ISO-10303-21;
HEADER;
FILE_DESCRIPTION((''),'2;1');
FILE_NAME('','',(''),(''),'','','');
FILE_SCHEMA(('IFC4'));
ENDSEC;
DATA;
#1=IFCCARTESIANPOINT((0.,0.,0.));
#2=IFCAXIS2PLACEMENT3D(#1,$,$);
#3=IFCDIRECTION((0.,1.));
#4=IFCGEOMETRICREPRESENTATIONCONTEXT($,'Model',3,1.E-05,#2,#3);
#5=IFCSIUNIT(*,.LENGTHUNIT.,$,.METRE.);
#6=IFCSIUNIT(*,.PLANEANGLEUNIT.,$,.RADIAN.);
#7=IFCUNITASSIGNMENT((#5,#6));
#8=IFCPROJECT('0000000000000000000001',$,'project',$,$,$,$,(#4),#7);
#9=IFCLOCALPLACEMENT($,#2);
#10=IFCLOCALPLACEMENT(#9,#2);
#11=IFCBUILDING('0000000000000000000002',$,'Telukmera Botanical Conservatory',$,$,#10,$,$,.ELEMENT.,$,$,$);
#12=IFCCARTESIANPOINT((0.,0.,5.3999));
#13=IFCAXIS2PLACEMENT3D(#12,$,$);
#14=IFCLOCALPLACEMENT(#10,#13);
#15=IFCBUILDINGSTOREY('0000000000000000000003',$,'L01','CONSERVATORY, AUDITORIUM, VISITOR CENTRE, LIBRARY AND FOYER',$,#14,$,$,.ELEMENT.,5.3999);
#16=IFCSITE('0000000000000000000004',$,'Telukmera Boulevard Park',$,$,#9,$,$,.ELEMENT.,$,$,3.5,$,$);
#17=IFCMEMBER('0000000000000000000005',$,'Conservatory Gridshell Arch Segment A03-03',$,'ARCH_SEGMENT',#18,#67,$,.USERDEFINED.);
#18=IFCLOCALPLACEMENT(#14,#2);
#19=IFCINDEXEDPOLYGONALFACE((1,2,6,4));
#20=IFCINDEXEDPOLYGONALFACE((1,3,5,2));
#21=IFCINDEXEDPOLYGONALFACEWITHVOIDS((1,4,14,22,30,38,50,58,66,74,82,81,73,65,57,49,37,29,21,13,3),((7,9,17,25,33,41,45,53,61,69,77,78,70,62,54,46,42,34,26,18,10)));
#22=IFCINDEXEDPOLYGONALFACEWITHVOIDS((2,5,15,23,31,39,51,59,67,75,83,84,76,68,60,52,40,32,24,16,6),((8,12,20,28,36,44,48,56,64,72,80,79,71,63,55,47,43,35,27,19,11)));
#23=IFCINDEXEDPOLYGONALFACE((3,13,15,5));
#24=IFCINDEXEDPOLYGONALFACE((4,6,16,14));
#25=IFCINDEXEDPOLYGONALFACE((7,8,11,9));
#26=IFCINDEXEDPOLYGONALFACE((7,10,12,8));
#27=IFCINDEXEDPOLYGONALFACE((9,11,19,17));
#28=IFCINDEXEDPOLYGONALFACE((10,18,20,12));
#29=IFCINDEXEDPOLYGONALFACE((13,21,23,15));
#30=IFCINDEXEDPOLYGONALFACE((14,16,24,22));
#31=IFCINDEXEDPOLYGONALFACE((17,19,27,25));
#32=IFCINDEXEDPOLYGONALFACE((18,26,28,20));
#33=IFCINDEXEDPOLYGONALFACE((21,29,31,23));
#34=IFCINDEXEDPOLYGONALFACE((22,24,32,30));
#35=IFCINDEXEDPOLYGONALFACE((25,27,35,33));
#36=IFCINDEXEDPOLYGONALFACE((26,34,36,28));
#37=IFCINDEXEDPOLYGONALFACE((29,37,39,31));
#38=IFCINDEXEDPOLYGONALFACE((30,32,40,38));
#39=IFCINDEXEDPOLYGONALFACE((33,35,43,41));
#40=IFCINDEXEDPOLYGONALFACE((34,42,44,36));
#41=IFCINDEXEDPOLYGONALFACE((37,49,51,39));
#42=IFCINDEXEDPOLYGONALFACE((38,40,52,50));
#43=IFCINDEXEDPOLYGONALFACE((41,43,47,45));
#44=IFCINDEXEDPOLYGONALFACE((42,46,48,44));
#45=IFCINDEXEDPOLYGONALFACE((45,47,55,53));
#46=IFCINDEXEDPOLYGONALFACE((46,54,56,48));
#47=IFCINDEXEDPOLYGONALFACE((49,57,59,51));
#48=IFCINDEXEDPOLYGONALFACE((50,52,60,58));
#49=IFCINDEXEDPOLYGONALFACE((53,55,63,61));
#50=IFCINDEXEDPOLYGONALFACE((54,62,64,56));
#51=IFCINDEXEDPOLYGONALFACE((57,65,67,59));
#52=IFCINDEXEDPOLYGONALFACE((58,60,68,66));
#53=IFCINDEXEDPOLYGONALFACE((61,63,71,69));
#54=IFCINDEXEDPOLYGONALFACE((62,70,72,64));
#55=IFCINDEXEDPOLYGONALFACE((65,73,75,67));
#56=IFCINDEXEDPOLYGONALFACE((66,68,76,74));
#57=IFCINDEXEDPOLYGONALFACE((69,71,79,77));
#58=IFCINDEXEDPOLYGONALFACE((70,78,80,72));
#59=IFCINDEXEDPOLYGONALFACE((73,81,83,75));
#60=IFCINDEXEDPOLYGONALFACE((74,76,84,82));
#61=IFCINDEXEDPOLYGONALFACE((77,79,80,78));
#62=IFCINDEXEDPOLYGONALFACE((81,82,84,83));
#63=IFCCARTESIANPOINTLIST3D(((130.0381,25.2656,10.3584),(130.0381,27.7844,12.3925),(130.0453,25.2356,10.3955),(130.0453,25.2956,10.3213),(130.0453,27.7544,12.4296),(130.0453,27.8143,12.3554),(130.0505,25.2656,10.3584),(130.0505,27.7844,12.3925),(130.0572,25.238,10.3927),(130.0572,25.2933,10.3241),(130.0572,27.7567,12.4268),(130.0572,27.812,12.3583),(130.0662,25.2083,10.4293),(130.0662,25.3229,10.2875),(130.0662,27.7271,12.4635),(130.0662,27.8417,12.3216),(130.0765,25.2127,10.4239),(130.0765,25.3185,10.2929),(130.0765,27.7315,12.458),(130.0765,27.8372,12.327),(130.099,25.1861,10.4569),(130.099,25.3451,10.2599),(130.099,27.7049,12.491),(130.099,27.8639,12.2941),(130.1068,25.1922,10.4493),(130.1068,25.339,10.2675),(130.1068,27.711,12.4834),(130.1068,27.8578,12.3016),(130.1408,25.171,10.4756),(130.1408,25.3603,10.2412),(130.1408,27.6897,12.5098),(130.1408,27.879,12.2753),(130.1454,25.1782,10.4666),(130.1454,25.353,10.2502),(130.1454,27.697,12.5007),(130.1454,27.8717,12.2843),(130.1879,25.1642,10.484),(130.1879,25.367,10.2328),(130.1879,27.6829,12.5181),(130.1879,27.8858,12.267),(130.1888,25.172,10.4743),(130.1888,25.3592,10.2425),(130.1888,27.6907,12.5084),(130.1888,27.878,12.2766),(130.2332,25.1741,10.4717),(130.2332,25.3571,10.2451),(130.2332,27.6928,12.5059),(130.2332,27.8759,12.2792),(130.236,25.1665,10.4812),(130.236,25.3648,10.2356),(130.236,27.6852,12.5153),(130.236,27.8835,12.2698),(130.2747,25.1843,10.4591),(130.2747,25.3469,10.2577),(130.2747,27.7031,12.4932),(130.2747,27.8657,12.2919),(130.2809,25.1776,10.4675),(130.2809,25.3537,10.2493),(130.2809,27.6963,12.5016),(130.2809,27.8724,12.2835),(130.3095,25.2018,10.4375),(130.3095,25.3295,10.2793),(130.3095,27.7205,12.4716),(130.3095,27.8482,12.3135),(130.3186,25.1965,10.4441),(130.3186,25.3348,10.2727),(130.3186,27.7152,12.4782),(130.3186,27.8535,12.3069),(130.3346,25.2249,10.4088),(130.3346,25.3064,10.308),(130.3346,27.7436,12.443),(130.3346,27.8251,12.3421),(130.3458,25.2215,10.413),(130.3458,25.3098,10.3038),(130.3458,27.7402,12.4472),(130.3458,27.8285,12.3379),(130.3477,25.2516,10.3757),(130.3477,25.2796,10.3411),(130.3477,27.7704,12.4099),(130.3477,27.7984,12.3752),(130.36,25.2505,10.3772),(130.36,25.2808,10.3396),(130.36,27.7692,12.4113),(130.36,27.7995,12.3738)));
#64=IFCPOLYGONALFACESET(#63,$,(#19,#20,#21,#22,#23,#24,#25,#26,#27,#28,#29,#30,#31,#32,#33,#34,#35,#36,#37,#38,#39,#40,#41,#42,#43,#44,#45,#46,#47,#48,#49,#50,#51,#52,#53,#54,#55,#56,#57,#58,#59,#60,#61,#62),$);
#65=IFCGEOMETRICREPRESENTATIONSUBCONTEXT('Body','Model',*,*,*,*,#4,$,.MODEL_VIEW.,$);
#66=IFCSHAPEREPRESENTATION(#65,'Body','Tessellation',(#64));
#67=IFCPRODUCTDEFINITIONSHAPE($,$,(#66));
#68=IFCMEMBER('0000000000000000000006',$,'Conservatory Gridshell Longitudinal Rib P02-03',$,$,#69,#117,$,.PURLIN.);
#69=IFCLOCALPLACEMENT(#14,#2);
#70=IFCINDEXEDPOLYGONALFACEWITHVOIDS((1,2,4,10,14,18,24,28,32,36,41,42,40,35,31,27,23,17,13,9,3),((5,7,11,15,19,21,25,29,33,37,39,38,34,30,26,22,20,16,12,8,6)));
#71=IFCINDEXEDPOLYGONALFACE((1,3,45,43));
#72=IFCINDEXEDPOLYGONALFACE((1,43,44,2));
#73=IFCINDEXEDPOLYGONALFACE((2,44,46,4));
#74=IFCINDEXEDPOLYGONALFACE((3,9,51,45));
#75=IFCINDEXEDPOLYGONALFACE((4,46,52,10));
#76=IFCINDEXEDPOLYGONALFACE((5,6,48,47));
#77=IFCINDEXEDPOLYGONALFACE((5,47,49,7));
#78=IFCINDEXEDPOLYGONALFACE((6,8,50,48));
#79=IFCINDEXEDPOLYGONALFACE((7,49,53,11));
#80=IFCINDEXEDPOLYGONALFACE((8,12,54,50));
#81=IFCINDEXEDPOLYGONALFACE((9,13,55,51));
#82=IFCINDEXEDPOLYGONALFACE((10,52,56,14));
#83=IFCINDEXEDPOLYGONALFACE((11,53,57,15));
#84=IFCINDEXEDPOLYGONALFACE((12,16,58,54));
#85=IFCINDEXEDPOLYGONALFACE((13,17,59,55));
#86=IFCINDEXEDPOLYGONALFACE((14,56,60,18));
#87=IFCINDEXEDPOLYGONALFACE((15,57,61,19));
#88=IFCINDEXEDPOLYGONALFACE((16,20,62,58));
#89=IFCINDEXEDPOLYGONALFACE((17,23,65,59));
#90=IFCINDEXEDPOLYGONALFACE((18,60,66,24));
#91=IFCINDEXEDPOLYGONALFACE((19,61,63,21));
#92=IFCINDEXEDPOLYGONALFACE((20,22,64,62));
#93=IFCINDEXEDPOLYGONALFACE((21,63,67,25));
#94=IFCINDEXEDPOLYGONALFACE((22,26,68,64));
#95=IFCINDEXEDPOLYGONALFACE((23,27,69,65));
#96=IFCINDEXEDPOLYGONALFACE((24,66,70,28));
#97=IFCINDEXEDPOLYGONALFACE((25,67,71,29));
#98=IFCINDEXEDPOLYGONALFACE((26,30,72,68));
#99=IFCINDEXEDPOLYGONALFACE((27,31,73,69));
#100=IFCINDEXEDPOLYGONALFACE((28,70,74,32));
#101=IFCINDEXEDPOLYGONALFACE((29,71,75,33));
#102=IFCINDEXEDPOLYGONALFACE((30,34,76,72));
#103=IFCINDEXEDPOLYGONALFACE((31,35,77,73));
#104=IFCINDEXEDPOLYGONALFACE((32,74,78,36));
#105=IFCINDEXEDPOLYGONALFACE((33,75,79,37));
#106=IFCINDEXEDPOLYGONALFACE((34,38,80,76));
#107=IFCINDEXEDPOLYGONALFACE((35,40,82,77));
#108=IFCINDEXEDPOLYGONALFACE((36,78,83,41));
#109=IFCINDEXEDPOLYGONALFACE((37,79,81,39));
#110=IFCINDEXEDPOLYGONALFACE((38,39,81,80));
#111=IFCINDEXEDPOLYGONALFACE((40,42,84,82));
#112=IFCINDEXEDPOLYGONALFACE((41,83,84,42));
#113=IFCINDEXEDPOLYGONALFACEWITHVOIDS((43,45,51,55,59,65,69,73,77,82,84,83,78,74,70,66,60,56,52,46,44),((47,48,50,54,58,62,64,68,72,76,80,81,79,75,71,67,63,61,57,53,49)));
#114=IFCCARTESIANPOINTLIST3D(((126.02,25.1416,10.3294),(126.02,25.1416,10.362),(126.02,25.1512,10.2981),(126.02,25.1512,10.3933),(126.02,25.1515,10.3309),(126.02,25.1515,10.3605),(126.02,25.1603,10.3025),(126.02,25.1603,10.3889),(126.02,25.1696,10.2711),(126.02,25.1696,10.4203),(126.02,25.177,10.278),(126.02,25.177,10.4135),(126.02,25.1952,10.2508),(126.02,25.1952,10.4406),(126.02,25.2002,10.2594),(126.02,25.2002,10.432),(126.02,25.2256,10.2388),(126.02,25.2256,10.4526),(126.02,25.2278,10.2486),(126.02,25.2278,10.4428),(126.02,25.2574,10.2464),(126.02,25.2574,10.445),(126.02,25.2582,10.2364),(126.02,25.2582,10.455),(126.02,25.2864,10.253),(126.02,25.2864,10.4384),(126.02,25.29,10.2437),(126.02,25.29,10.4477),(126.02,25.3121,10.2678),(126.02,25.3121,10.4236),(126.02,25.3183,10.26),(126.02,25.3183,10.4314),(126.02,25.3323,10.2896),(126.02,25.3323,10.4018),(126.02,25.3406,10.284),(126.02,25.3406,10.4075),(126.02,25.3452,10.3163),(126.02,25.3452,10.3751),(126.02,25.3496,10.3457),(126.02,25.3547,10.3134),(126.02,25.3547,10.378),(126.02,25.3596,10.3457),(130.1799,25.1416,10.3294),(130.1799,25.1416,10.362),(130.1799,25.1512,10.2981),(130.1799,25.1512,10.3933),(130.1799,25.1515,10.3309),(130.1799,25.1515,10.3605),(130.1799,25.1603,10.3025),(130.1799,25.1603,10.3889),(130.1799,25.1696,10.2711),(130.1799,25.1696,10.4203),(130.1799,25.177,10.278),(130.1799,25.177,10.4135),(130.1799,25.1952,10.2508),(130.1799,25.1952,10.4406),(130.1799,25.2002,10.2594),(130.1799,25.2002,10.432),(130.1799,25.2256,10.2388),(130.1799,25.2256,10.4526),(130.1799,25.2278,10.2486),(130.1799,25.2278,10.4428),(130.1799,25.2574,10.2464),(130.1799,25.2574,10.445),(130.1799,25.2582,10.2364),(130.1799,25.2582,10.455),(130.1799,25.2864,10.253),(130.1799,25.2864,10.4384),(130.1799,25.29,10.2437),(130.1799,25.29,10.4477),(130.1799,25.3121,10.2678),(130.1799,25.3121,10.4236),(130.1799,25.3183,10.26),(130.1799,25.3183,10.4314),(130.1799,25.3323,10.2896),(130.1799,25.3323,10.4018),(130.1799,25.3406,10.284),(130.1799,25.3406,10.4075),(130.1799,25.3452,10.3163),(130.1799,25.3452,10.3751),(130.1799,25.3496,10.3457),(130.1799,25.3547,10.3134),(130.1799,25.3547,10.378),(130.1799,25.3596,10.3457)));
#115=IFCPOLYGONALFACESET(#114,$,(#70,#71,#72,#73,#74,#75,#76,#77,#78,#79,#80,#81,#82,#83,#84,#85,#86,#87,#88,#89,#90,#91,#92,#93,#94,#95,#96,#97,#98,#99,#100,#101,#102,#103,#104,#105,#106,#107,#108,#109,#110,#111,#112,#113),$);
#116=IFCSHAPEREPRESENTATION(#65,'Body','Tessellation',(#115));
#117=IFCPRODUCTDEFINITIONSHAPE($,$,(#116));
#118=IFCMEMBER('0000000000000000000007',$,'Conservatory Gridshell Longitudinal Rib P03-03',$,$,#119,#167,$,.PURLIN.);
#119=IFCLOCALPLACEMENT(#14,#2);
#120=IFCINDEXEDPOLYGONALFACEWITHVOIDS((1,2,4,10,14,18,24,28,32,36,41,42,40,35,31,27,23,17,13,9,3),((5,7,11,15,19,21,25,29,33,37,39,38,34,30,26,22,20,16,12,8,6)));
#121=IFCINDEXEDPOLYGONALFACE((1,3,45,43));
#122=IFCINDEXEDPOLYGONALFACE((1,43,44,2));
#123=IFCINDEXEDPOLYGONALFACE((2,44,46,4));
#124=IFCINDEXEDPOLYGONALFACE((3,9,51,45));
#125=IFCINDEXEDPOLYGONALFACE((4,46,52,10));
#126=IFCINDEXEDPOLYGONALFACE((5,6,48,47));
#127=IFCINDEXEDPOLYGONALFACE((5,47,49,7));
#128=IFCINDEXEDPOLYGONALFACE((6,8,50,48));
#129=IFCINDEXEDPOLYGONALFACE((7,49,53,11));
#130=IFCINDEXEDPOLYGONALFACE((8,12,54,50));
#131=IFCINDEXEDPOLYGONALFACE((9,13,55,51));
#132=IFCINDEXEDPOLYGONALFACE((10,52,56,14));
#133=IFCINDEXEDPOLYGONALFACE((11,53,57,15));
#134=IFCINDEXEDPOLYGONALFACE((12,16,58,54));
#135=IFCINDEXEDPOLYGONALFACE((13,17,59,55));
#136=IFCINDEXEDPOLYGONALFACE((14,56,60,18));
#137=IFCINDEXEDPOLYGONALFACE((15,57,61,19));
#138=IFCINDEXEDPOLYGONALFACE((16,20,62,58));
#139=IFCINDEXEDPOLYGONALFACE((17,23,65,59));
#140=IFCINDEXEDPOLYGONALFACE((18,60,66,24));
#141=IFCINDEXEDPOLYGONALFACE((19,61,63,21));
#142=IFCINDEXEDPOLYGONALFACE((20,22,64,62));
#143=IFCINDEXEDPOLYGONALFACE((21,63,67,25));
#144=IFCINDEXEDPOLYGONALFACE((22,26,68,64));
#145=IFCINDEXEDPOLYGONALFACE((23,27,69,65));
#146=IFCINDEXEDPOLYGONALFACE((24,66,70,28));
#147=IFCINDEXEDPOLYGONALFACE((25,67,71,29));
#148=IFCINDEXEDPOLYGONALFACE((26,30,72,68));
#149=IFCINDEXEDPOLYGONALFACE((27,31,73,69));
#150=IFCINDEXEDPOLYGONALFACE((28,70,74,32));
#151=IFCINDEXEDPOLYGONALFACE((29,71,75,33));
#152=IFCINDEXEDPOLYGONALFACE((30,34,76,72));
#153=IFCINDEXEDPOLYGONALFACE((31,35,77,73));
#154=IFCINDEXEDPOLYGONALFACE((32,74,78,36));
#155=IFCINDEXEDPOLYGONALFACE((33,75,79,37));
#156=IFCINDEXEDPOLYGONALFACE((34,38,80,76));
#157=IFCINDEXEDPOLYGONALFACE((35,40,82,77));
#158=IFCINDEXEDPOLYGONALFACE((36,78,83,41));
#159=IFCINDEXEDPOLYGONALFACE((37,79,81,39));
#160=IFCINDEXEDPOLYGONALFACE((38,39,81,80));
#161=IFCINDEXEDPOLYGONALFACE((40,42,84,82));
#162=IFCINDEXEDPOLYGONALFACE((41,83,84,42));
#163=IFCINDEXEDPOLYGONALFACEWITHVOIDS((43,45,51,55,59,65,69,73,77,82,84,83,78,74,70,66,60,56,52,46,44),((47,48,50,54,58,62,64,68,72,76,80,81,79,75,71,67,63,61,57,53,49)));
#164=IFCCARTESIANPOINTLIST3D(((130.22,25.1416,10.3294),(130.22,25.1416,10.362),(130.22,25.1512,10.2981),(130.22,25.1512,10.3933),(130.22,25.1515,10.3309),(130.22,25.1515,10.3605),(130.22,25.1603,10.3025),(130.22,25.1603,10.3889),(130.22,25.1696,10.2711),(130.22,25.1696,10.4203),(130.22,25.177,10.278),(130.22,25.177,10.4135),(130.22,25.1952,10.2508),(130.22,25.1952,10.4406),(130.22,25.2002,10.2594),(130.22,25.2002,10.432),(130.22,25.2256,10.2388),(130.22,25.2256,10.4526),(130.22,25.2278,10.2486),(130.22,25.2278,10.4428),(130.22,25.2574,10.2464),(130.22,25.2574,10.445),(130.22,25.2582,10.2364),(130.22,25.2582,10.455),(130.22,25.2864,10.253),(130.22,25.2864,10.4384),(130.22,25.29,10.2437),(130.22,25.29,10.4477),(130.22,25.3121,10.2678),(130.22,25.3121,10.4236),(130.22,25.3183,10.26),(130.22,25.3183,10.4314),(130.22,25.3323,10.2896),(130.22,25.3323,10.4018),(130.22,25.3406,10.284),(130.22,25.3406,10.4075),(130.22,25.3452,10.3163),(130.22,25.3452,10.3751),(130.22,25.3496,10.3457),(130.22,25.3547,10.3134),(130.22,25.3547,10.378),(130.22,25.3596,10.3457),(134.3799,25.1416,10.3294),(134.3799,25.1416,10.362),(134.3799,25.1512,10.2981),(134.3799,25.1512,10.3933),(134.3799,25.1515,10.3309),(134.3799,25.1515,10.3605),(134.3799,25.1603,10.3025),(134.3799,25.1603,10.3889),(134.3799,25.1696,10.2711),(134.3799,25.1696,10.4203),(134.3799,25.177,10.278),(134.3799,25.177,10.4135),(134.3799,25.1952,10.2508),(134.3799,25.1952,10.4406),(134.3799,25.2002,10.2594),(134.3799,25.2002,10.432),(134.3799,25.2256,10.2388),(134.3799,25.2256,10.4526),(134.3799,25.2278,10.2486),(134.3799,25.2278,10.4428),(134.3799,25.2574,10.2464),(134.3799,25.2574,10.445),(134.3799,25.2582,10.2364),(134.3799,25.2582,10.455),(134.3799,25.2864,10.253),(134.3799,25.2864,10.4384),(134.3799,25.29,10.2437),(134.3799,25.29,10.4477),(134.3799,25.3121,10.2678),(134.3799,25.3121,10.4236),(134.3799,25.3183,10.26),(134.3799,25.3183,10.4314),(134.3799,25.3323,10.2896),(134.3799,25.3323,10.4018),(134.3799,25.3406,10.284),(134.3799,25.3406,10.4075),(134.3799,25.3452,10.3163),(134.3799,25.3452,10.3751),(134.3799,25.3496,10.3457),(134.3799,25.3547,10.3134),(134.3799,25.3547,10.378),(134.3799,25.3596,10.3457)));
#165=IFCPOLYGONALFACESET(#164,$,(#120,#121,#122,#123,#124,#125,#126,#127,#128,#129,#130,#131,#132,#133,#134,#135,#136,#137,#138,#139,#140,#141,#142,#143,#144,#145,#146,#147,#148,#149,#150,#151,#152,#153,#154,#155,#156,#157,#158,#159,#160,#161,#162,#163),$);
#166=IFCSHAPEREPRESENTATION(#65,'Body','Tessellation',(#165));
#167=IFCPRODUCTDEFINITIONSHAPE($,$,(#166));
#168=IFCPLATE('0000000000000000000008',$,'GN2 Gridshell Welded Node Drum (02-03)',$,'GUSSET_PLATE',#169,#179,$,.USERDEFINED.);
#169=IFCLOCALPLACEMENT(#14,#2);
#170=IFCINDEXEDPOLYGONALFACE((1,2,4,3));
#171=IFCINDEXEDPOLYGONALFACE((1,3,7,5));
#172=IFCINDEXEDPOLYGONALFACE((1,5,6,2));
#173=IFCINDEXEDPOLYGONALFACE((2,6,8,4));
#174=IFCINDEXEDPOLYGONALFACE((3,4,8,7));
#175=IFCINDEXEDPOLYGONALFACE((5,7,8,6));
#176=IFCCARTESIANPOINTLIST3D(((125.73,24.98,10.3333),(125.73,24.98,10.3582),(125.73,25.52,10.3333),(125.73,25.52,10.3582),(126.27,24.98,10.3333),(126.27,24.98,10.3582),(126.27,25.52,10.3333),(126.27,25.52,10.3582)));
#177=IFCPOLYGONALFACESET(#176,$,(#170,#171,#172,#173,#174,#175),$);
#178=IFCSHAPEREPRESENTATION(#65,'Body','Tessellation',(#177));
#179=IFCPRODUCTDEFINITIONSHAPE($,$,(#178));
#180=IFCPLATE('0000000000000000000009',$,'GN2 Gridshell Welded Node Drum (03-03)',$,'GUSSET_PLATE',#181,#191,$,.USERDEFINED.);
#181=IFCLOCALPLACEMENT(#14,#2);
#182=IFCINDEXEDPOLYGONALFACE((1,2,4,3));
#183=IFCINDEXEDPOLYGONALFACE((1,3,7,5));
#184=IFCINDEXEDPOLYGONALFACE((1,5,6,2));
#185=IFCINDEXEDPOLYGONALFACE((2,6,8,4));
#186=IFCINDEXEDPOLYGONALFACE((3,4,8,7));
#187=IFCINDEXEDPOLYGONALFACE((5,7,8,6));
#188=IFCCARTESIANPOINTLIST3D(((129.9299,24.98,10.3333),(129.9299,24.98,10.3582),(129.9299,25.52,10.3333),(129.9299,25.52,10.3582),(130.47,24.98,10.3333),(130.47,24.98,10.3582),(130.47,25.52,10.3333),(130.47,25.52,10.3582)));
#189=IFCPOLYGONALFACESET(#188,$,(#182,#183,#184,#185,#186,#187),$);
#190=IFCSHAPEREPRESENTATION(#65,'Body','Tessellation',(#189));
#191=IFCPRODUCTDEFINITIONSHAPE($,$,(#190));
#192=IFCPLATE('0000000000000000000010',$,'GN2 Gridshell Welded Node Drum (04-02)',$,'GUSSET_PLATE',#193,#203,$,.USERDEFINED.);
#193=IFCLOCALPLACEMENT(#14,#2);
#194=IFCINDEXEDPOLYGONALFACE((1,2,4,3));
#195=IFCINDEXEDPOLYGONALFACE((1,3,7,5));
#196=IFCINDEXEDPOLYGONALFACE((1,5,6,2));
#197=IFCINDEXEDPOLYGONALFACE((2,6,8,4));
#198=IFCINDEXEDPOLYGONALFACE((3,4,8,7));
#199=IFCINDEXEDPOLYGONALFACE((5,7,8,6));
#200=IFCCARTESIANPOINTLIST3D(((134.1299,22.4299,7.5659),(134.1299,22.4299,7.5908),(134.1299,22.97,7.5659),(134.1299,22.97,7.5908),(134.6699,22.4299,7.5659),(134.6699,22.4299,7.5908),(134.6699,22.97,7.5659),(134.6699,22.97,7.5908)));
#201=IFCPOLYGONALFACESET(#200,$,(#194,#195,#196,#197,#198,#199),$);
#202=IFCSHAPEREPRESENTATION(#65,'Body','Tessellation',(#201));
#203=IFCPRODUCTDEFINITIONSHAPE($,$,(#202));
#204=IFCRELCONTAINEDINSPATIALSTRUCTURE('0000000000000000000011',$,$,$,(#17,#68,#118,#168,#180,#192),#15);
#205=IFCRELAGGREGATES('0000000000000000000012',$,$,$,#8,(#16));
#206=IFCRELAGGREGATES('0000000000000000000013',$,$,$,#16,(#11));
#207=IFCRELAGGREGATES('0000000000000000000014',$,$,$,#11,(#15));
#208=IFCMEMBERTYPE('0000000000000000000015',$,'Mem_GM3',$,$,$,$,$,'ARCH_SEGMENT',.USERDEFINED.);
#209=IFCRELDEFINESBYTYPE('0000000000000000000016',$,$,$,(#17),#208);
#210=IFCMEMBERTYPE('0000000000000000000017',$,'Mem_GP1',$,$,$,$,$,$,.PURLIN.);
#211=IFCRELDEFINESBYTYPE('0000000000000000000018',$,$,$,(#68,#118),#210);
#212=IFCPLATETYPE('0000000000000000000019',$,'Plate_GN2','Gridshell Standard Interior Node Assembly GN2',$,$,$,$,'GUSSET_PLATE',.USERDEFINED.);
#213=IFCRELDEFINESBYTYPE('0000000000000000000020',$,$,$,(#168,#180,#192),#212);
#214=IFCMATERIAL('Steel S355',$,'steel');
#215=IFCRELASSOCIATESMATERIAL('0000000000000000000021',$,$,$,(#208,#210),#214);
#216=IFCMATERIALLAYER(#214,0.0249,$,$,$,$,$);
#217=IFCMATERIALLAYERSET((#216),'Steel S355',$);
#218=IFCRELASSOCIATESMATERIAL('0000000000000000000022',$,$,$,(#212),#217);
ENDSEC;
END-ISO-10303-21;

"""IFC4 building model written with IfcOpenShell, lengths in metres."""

from ifc_helpers import new_model, si_unit, direction, frame, origin, origin_2d, place, context, subcontext, project, spatial, rectangle, hollow_circle, extrude, material, layer, layer_set, material_profile, profile_set, type_object, element, save


model = new_model("IFC4")

# Units and contexts
model_context = context("Model", 3, precision=1e-05, world=origin(), true_north=direction((0.0, 1.0)))
body_context = subcontext(model_context, "Body", "Model", "MODEL_VIEW")
ifc_project = project(units=[si_unit("LENGTHUNIT", "METRE"), si_unit("PLANEANGLEUNIT", "RADIAN")], contexts=[model_context])

# Site, building, storey
site_placement = place(None, origin())
site = spatial("IfcSite", under=ifc_project, at=site_placement, Name="Telukmera Boulevard Park", CompositionType="ELEMENT", RefElevation=3.5)
building_placement = place(site_placement, origin())
building = spatial("IfcBuilding", under=site, at=building_placement, Name="Telukmera Botanical Conservatory", CompositionType="ELEMENT")
storey_placement = place(building_placement, frame((0.0, 0.0, 5.3999)))
storey = spatial("IfcBuildingStorey", under=building, at=storey_placement, Name="L01", Description="CONSERVATORY, AUDITORIUM, VISITOR CENTRE, LIBRARY AND FOYER", CompositionType="ELEMENT", Elevation=5.3999)

# Shared definitions
ifc_material_1 = material(Name="Steel S355", Category="steel")

# Members
ifc_material_profile_1 = material_profile(ifc_material_1, hollow_circle(Radius=0.1619, WallThickness=0.0125, at=origin_2d()), Name="CHS 323.9x12.5")
ifc_profile_set_1 = profile_set([ifc_material_profile_1], Name="Steel S355")
member_type_1 = type_object("IfcMemberType", Name="Mem_GM3", ElementType="ARCH_SEGMENT", PredefinedType="USERDEFINED", material=ifc_profile_set_1)
member_1_placement = place(storey_placement, frame((130.2, 25.2656, 10.3584), z_axis=(0.0, 0.777977, 0.628293), x_axis=(-1.0, 0.0, 0.0)))
element("IfcMember", 1, at=member_1_placement, inside=storey, type_object=member_type_1, Name="Conservatory Gridshell Arch Segment A03-03", ObjectType="ARCH_SEGMENT", PredefinedType="USERDEFINED", context=body_context, shape_type="SweptSolid", body=[
    extrude(hollow_circle(Radius=0.1619, WallThickness=0.0125, at=origin_2d()), origin(), (0.0, 0.0, 1.0), 3.2375),
])
ifc_material_profile_2 = material_profile(ifc_material_1, hollow_circle(Radius=0.1096, WallThickness=0.01, at=origin_2d()), Name="CHS 219.1x10.0")
ifc_profile_set_2 = profile_set([ifc_material_profile_2], Name="Steel S355")
member_type_2 = type_object("IfcMemberType", Name="Mem_GP1", PredefinedType="PURLIN", material=ifc_profile_set_2)
for number, where, z_axis, x_axis, name in (
    (2, (126.02, 25.25, 10.3457), (1.0, 0.0, 0.0), (0.0, 1.0, 0.0), "Conservatory Gridshell Longitudinal Rib P02-03"),
    (3, (130.22, 25.25, 10.3457), (1.0, 0.0, 0.0), (0.0, 1.0, 0.0), "Conservatory Gridshell Longitudinal Rib P03-03"),
):
    element("IfcMember", number, at=place(storey_placement, frame(where, z_axis=z_axis, x_axis=x_axis)), inside=storey, type_object=member_type_2, Name=name, PredefinedType="PURLIN", context=body_context, shape_type="SweptSolid", body=[
        extrude(hollow_circle(Radius=0.1096, WallThickness=0.01, at=origin_2d()), origin(), (0.0, 0.0, 1.0), 4.1599),
    ])

# Plates
ifc_layer_1 = layer(ifc_material_1, 0.0249)
ifc_layer_set_1 = layer_set([ifc_layer_1], Name="Steel S355")
plate_type = type_object("IfcPlateType", Name="Plate_GN2", Description="Gridshell Standard Interior Node Assembly GN2", ElementType="GUSSET_PLATE", PredefinedType="USERDEFINED", material=ifc_layer_set_1)
for number, where, z_axis, x_axis, name in (
    (4, (126.0, 25.25, 10.3333), (0.0, 0.0, 1.0), (1.0, 0.0, 0.0), "GN2 Gridshell Welded Node Drum (02-03)"),
    (5, (130.2, 25.25, 10.3333), (0.0, 0.0, 1.0), (1.0, 0.0, 0.0), "GN2 Gridshell Welded Node Drum (03-03)"),
    (6, (134.3999, 22.7, 7.5659), (0.0, 0.0, 1.0), (1.0, 0.0, 0.0), "GN2 Gridshell Welded Node Drum (04-02)"),
):
    element("IfcPlate", number, at=place(storey_placement, frame(where, z_axis=z_axis, x_axis=x_axis)), inside=storey, type_object=plate_type, Name=name, ObjectType="GUSSET_PLATE", PredefinedType="USERDEFINED", context=body_context, shape_type="SweptSolid", body=[
        extrude(rectangle(XDim=0.54, YDim=0.54, at=origin_2d()), origin(), (0.0, 0.0, 1.0), 0.0249),
    ])

save(model, "model.ifc")
